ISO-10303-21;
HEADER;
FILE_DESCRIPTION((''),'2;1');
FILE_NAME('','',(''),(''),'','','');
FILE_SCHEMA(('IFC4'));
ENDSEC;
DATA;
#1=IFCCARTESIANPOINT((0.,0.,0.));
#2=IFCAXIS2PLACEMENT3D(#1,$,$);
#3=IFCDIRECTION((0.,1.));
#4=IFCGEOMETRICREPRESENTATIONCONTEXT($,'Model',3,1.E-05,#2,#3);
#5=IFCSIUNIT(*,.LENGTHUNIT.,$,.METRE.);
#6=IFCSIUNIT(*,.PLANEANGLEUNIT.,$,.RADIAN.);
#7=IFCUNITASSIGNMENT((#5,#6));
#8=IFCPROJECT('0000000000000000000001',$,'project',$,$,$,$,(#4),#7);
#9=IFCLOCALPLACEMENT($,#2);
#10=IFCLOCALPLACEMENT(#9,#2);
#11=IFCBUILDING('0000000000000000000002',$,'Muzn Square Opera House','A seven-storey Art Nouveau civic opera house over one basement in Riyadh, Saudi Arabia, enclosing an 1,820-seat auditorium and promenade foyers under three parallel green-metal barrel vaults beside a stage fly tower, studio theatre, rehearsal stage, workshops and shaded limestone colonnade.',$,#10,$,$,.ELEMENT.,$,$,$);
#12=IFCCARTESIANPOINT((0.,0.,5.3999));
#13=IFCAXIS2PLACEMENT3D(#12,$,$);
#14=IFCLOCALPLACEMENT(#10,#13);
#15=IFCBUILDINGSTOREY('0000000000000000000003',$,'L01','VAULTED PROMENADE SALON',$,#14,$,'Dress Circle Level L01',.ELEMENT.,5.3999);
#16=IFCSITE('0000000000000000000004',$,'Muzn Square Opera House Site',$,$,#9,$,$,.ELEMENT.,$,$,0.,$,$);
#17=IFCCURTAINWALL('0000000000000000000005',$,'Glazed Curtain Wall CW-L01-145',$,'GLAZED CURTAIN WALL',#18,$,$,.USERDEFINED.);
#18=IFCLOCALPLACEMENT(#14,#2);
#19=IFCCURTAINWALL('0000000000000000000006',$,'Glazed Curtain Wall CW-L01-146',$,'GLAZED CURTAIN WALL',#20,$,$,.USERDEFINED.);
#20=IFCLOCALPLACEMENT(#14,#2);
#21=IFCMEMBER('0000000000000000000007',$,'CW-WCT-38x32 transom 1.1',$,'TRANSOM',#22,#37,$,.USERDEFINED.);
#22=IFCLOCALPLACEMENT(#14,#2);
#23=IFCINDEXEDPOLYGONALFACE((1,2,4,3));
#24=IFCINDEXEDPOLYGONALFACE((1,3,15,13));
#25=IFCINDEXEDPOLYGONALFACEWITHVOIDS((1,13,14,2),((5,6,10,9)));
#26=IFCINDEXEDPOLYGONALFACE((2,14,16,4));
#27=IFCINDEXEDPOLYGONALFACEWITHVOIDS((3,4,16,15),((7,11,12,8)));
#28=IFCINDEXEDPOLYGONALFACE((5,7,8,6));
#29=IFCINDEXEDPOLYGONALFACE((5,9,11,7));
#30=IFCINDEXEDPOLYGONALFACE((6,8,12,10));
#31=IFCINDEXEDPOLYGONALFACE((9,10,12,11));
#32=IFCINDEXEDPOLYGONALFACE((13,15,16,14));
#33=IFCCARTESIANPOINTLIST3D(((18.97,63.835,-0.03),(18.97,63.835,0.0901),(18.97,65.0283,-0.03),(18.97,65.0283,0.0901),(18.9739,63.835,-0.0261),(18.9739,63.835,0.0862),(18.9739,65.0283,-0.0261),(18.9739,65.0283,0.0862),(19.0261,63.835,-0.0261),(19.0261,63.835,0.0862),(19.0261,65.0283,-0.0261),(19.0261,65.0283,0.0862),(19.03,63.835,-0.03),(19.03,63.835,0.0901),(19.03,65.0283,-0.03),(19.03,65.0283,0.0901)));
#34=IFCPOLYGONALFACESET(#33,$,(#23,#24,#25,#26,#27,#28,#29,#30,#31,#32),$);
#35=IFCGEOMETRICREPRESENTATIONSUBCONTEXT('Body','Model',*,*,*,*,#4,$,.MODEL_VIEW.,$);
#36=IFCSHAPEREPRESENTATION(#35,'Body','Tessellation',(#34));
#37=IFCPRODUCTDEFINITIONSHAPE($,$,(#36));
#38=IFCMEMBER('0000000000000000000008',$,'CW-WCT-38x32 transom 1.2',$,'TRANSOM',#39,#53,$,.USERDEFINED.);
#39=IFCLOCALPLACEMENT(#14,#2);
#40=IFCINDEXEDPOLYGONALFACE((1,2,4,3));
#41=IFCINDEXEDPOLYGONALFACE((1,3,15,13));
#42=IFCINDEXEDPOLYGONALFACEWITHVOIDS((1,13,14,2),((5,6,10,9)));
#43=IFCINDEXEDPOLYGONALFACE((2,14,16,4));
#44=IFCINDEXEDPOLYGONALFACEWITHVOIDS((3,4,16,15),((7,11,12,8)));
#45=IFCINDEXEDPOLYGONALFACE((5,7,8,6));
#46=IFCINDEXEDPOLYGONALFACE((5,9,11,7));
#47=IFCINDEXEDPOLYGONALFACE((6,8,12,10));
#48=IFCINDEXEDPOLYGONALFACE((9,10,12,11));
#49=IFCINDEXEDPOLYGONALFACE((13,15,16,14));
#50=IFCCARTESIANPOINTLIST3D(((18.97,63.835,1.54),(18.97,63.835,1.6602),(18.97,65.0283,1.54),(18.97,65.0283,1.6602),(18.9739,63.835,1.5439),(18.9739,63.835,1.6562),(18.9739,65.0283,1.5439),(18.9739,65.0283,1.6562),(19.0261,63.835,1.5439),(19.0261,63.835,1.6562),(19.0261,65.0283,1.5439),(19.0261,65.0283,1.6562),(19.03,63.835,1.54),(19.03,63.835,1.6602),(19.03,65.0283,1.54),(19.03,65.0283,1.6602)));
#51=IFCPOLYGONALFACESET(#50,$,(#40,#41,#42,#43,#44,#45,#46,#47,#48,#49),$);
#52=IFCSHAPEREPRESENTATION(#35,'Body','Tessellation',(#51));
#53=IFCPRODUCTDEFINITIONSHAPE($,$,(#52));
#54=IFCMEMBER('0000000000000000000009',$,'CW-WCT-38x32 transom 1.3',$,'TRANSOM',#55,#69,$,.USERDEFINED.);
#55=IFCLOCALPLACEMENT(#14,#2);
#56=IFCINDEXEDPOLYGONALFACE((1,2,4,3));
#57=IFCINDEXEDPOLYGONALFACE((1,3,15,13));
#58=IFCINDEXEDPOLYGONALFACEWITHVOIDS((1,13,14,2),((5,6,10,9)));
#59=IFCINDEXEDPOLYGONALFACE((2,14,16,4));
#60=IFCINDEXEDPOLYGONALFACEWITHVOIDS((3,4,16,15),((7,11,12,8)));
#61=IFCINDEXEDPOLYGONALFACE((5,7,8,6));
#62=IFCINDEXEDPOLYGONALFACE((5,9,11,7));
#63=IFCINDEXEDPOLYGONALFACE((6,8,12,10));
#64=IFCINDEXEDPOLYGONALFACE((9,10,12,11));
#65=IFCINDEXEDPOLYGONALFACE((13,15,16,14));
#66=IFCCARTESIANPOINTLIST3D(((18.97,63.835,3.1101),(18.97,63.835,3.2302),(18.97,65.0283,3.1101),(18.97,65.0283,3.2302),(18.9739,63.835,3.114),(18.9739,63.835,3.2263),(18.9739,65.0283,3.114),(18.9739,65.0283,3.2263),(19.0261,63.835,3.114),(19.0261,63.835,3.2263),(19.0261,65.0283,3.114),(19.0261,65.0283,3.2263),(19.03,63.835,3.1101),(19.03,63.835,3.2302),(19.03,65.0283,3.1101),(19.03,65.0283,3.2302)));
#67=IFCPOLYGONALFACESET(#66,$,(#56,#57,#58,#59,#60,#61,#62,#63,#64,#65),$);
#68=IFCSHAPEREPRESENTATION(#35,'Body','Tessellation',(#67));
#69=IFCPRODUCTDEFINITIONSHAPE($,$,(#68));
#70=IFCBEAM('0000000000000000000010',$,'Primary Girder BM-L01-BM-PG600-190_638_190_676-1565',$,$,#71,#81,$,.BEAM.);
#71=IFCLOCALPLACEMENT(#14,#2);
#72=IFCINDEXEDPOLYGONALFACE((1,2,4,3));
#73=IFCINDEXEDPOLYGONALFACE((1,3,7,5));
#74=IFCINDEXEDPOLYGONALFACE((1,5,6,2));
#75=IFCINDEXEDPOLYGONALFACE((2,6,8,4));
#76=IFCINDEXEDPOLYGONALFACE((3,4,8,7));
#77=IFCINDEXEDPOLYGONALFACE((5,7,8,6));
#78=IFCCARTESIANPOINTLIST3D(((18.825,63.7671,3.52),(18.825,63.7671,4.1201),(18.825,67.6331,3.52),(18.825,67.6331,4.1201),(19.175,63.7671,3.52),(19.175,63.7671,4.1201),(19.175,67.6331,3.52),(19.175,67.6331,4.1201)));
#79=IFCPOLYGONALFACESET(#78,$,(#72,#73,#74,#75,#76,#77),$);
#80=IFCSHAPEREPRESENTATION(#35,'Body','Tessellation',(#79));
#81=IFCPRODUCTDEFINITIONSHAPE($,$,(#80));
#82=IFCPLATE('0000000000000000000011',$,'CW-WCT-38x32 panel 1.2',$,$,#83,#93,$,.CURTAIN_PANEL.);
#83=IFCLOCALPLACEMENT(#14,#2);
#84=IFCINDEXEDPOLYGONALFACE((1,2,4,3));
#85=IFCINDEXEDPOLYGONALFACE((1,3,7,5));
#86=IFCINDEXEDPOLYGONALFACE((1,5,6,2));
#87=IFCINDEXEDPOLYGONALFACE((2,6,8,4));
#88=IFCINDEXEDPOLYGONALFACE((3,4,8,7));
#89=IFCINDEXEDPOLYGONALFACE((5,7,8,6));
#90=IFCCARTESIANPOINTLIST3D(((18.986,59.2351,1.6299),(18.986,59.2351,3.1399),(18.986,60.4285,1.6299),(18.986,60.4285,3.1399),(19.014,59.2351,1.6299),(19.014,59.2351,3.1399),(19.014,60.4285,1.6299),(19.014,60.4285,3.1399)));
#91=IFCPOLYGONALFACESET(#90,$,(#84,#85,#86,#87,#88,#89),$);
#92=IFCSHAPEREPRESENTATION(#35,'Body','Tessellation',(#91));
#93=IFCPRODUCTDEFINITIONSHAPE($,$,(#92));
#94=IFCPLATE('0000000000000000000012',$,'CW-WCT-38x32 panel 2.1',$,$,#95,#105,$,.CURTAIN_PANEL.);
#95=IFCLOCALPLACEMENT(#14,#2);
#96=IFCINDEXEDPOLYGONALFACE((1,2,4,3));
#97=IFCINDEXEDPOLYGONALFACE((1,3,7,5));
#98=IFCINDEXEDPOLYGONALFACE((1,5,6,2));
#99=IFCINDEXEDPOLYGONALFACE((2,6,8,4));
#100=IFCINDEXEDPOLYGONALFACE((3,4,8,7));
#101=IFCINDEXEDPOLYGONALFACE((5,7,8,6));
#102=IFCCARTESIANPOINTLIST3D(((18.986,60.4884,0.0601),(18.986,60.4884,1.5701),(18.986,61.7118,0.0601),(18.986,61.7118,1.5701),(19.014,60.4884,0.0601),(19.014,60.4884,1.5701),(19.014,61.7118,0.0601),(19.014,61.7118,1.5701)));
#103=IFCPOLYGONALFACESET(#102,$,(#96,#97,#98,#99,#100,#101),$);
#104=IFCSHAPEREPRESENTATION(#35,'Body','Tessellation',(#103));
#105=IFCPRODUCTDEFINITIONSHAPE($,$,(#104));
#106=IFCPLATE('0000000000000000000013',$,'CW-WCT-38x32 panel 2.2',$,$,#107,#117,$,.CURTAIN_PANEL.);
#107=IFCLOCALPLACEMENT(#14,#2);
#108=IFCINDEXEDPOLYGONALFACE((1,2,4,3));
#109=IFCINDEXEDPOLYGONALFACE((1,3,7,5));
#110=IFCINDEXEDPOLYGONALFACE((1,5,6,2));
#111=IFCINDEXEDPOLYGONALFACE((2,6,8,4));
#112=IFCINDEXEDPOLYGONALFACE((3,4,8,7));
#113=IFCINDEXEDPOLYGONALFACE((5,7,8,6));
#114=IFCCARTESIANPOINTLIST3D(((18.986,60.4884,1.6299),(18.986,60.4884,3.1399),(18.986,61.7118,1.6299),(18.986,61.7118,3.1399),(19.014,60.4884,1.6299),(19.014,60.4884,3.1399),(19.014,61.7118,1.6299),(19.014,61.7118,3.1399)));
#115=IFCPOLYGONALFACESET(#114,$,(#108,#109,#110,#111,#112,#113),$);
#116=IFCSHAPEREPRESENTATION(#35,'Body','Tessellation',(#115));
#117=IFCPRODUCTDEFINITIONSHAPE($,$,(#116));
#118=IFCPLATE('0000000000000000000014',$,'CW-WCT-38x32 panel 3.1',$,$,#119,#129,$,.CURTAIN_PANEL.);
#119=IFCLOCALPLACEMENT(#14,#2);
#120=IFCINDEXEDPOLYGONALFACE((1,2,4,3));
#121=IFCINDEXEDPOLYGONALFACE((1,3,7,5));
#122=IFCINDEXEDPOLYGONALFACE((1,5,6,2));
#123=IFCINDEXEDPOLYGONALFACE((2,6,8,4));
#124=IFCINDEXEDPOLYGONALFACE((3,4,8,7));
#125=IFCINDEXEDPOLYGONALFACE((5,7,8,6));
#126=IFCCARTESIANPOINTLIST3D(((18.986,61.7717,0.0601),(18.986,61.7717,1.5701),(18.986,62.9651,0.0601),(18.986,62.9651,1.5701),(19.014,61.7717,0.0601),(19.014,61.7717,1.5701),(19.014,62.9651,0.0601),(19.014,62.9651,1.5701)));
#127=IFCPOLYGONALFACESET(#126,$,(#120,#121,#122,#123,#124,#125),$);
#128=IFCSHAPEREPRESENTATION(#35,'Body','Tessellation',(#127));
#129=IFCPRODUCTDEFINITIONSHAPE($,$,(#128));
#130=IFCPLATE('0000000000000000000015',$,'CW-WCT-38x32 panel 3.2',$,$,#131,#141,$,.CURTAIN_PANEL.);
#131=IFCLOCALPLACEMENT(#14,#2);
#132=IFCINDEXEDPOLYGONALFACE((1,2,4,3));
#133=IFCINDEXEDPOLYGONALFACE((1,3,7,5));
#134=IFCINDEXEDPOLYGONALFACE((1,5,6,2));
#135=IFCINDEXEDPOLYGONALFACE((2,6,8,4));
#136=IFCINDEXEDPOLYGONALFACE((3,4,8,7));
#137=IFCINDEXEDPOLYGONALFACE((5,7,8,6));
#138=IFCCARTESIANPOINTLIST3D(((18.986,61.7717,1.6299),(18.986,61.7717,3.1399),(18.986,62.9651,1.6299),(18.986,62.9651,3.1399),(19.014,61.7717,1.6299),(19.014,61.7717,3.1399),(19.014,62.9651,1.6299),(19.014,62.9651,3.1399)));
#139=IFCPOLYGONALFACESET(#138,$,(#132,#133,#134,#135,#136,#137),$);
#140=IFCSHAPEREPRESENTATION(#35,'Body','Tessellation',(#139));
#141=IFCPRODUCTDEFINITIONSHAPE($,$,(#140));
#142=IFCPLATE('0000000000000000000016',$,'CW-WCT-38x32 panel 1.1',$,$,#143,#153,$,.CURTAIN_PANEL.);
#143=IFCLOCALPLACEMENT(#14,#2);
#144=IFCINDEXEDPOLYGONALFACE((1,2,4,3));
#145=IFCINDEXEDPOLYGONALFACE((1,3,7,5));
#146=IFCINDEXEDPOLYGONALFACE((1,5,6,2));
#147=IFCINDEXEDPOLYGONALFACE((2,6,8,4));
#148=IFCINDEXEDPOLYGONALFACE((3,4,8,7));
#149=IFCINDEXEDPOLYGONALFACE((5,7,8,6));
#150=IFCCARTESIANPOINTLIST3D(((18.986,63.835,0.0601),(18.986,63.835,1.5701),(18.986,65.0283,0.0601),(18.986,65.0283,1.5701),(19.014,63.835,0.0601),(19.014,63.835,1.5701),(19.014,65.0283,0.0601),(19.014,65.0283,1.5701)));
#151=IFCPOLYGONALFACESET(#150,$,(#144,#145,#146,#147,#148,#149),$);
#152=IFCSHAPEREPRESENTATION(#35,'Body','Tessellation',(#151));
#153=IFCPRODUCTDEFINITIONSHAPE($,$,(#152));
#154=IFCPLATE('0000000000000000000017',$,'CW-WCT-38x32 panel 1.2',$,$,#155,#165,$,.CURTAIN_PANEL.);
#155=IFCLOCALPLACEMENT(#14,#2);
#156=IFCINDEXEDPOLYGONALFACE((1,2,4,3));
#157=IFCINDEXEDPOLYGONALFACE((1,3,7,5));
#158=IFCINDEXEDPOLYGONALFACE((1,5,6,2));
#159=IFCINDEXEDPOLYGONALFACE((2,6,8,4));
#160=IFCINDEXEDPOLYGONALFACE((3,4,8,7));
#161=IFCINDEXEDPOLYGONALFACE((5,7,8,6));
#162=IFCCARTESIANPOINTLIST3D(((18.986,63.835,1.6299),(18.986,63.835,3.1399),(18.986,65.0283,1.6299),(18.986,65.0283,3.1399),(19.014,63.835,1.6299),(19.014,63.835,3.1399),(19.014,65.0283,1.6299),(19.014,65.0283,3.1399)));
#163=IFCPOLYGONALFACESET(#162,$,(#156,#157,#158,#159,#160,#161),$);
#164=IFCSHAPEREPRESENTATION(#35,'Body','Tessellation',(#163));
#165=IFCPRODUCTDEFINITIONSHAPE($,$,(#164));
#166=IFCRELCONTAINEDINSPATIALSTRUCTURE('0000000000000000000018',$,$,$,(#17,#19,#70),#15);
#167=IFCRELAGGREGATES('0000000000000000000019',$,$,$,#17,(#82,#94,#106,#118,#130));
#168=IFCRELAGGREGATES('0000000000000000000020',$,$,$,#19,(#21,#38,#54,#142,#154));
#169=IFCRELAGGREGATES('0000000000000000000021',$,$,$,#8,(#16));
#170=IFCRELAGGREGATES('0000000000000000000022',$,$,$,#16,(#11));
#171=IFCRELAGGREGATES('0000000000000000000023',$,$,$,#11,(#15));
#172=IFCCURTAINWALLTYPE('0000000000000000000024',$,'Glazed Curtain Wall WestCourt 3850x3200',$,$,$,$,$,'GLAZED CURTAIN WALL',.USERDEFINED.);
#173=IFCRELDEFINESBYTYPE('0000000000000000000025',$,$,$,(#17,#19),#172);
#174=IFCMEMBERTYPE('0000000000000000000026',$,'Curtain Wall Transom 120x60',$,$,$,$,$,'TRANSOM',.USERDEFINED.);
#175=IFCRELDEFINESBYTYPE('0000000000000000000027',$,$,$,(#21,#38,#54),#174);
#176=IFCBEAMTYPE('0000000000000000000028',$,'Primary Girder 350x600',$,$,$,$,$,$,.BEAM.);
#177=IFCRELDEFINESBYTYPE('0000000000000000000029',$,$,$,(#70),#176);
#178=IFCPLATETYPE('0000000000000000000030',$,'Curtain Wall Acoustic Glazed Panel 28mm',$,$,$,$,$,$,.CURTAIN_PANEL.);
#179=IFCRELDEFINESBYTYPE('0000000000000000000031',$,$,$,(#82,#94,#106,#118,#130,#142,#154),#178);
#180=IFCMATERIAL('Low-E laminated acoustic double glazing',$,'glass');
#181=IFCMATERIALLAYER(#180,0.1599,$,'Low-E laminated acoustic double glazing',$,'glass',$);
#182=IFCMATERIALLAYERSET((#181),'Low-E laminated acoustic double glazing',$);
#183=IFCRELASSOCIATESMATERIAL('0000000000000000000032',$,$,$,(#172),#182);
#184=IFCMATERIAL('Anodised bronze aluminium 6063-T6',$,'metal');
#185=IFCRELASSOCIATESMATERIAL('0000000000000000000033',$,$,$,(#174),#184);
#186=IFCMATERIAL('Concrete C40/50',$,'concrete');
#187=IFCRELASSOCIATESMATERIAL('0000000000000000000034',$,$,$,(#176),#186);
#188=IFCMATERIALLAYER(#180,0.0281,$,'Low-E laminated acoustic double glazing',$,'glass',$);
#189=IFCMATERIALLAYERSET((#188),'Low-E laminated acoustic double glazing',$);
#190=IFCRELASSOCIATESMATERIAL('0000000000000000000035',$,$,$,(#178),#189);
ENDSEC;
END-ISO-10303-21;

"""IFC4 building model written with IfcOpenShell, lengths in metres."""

from ifc_helpers import new_model, si_unit, direction, frame, origin, origin_2d, place, context, subcontext, project, spatial, rectangle, hollow_rectangle, extrude, material, layer, layer_set, material_profile, profile_set, type_object, element, aggregate, save


model = new_model("IFC4")

# Units and contexts
model_context = context("Model", 3, precision=1e-05, world=origin(), true_north=direction((0.0, 1.0)))
body_context = subcontext(model_context, "Body", "Model", "MODEL_VIEW")
ifc_project = project(units=[si_unit("LENGTHUNIT", "METRE"), si_unit("PLANEANGLEUNIT", "RADIAN")], contexts=[model_context])

# Site, building, storey
site_placement = place(None, origin())
site = spatial("IfcSite", under=ifc_project, at=site_placement, Name="Muzn Square Opera House Site", CompositionType="ELEMENT", RefElevation=0.0)
building_placement = place(site_placement, origin())
building = spatial("IfcBuilding", under=site, at=building_placement, Name="Muzn Square Opera House", Description="A seven-storey Art Nouveau civic opera house over one basement in Riyadh, Saudi Arabia, enclosing an 1,820-seat auditorium and promenade foyers under three parallel green-metal barrel vaults beside a stage fly tower, studio theatre, rehearsal stage, workshops and shaded limestone colonnade.", CompositionType="ELEMENT")
storey_placement = place(building_placement, frame((0.0, 0.0, 5.3999)))
storey = spatial("IfcBuildingStorey", under=building, at=storey_placement, Name="L01", Description="VAULTED PROMENADE SALON", LongName="Dress Circle Level L01", CompositionType="ELEMENT", Elevation=5.3999)

# Curtain wall
ifc_material_1 = material(Name="Low-E laminated acoustic double glazing", Category="glass")
ifc_layer_1 = layer(ifc_material_1, 0.1599, Name="Low-E laminated acoustic double glazing", Category="glass")
ifc_layer_set_1 = layer_set([ifc_layer_1], Name="Low-E laminated acoustic double glazing")
curtain_wall_type = type_object("IfcCurtainWallType", Name="Glazed Curtain Wall WestCourt 3850x3200", ElementType="GLAZED CURTAIN WALL", PredefinedType="USERDEFINED", material=ifc_layer_set_1)
curtain_wall_1_placement = place(storey_placement, origin())
curtain_wall_1 = element("IfcCurtainWall", 1, at=curtain_wall_1_placement, inside=storey, type_object=curtain_wall_type, Name="Glazed Curtain Wall CW-L01-145", ObjectType="GLAZED CURTAIN WALL", PredefinedType="USERDEFINED")
ifc_material_2 = material(Name="Anodised bronze aluminium 6063-T6", Category="metal")

# Curtain wall
curtain_wall_2_placement = place(storey_placement, origin())
curtain_wall_2 = element("IfcCurtainWall", 2, at=curtain_wall_2_placement, inside=storey, type_object=curtain_wall_type, Name="Glazed Curtain Wall CW-L01-146", ObjectType="GLAZED CURTAIN WALL", PredefinedType="USERDEFINED")

# Members
ifc_material_profile_1 = material_profile(ifc_material_2, hollow_rectangle(XDim=0.0601, YDim=0.1201, WallThickness=0.0039, at=origin_2d()), Name="ALU 120x60x4", Category="metal")
ifc_profile_set_1 = profile_set([ifc_material_profile_1], Name="Anodised bronze aluminium 6063-T6")
member_type_1 = type_object("IfcMemberType", Name="Curtain Wall Transom 120x60", ElementType="TRANSOM", PredefinedType="USERDEFINED", material=ifc_profile_set_1)
member_1_placement = place(storey_placement, frame((19.0, 63.835, 0.03), z_axis=(0.0, 1.0, 0.0), x_axis=(-1.0, 0.0, 0.0)))
member_1 = element("IfcMember", 3, at=member_1_placement, type_object=member_type_1, Name="CW-WCT-38x32 transom 1.1", ObjectType="TRANSOM", PredefinedType="USERDEFINED", context=body_context, shape_type="SweptSolid", body=[
    extrude(hollow_rectangle(XDim=0.0601, YDim=0.1201, WallThickness=0.0039, at=origin_2d()), origin(), (0.0, 0.0, 1.0), 1.1934),
])
member_2_placement = place(storey_placement, frame((19.0, 63.835, 1.6001), z_axis=(0.0, 1.0, 0.0), x_axis=(-1.0, 0.0, 0.0)))
member_2 = element("IfcMember", 4, at=member_2_placement, type_object=member_type_1, Name="CW-WCT-38x32 transom 1.2", ObjectType="TRANSOM", PredefinedType="USERDEFINED", context=body_context, shape_type="SweptSolid", body=[
    extrude(hollow_rectangle(XDim=0.0601, YDim=0.1201, WallThickness=0.0039, at=origin_2d()), origin(), (0.0, 0.0, 1.0), 1.1934),
])
member_3_placement = place(storey_placement, frame((19.0, 63.835, 3.1702), z_axis=(0.0, 1.0, 0.0), x_axis=(-1.0, 0.0, 0.0)))
member_3 = element("IfcMember", 5, at=member_3_placement, type_object=member_type_1, Name="CW-WCT-38x32 transom 1.3", ObjectType="TRANSOM", PredefinedType="USERDEFINED", context=body_context, shape_type="SweptSolid", body=[
    extrude(hollow_rectangle(XDim=0.0601, YDim=0.1201, WallThickness=0.0039, at=origin_2d()), origin(), (0.0, 0.0, 1.0), 1.1934),
])

# Beam
ifc_material_3 = material(Name="Concrete C40/50", Category="concrete")
ifc_material_profile_2 = material_profile(ifc_material_3, rectangle(XDim=0.3501, YDim=0.6001, at=origin_2d()), Name="RCB 350x600", Category="concrete")
ifc_profile_set_2 = profile_set([ifc_material_profile_2], Name="Concrete C40/50")
beam_type = type_object("IfcBeamType", Name="Primary Girder 350x600", PredefinedType="BEAM", material=ifc_profile_set_2)
beam_placement = place(storey_placement, frame((19.0, 63.7671, 3.8201), z_axis=(0.0, 1.0, 0.0), x_axis=(-1.0, 0.0, 0.0)))
element("IfcBeam", 6, at=beam_placement, inside=storey, type_object=beam_type, Name="Primary Girder BM-L01-BM-PG600-190_638_190_676-1565", PredefinedType="BEAM", context=body_context, shape_type="SweptSolid", body=[
    extrude(rectangle(XDim=0.3501, YDim=0.6001, at=origin_2d()), origin(), (0.0, 0.0, 1.0), 3.866),
])

# Plates
ifc_layer_2 = layer(ifc_material_1, 0.0281, Name="Low-E laminated acoustic double glazing", Category="glass")
ifc_layer_set_2 = layer_set([ifc_layer_2], Name="Low-E laminated acoustic double glazing")
plate_type = type_object("IfcPlateType", Name="Curtain Wall Acoustic Glazed Panel 28mm", PredefinedType="CURTAIN_PANEL", material=ifc_layer_set_2)
plate_1_placement = place(storey_placement, frame((19.0, 59.8318, 1.6299), z_axis=(0.0, 0.0, 1.0), x_axis=(0.0, 1.0, 0.0)))
plate_1 = element("IfcPlate", 7, at=plate_1_placement, type_object=plate_type, Name="CW-WCT-38x32 panel 1.2", PredefinedType="CURTAIN_PANEL", context=body_context, shape_type="SweptSolid", body=[
    extrude(rectangle(XDim=1.1934, YDim=0.0281, at=origin_2d()), origin(), (0.0, 0.0, 1.0), 1.51),
])
plate_2_placement = place(storey_placement, frame((19.0, 61.1001, 0.0601), z_axis=(0.0, 0.0, 1.0), x_axis=(0.0, 1.0, 0.0)))
plate_2 = element("IfcPlate", 8, at=plate_2_placement, type_object=plate_type, Name="CW-WCT-38x32 panel 2.1", PredefinedType="CURTAIN_PANEL", context=body_context, shape_type="SweptSolid", body=[
    extrude(rectangle(XDim=1.2234, YDim=0.0281, at=origin_2d()), origin(), (0.0, 0.0, 1.0), 1.51),
])
plate_3_placement = place(storey_placement, frame((19.0, 61.1001, 1.6299), z_axis=(0.0, 0.0, 1.0), x_axis=(0.0, 1.0, 0.0)))
plate_3 = element("IfcPlate", 9, at=plate_3_placement, type_object=plate_type, Name="CW-WCT-38x32 panel 2.2", PredefinedType="CURTAIN_PANEL", context=body_context, shape_type="SweptSolid", body=[
    extrude(rectangle(XDim=1.2234, YDim=0.0281, at=origin_2d()), origin(), (0.0, 0.0, 1.0), 1.51),
])
plate_4_placement = place(storey_placement, frame((19.0, 62.3684, 0.0601), z_axis=(0.0, 0.0, 1.0), x_axis=(0.0, 1.0, 0.0)))
plate_4 = element("IfcPlate", 10, at=plate_4_placement, type_object=plate_type, Name="CW-WCT-38x32 panel 3.1", PredefinedType="CURTAIN_PANEL", context=body_context, shape_type="SweptSolid", body=[
    extrude(rectangle(XDim=1.1934, YDim=0.0281, at=origin_2d()), origin(), (0.0, 0.0, 1.0), 1.51),
])
plate_5_placement = place(storey_placement, frame((19.0, 62.3684, 1.6299), z_axis=(0.0, 0.0, 1.0), x_axis=(0.0, 1.0, 0.0)))
plate_5 = element("IfcPlate", 11, at=plate_5_placement, type_object=plate_type, Name="CW-WCT-38x32 panel 3.2", PredefinedType="CURTAIN_PANEL", context=body_context, shape_type="SweptSolid", body=[
    extrude(rectangle(XDim=1.1934, YDim=0.0281, at=origin_2d()), origin(), (0.0, 0.0, 1.0), 1.51),
])
aggregate(curtain_wall_1, [plate_1, plate_2, plate_3, plate_4, plate_5])
plate_6_placement = place(storey_placement, frame((19.0, 64.4316, 0.0601), z_axis=(0.0, 0.0, 1.0), x_axis=(0.0, 1.0, 0.0)))
plate_6 = element("IfcPlate", 12, at=plate_6_placement, type_object=plate_type, Name="CW-WCT-38x32 panel 1.1", PredefinedType="CURTAIN_PANEL", context=body_context, shape_type="SweptSolid", body=[
    extrude(rectangle(XDim=1.1934, YDim=0.0281, at=origin_2d()), origin(), (0.0, 0.0, 1.0), 1.51),
])
plate_7_placement = place(storey_placement, frame((19.0, 64.4316, 1.6299), z_axis=(0.0, 0.0, 1.0), x_axis=(0.0, 1.0, 0.0)))
plate_7 = element("IfcPlate", 13, at=plate_7_placement, type_object=plate_type, Name="CW-WCT-38x32 panel 1.2", PredefinedType="CURTAIN_PANEL", context=body_context, shape_type="SweptSolid", body=[
    extrude(rectangle(XDim=1.1934, YDim=0.0281, at=origin_2d()), origin(), (0.0, 0.0, 1.0), 1.51),
])
aggregate(curtain_wall_2, [member_1, member_2, member_3, plate_6, plate_7])

save(model, "model.ifc")
